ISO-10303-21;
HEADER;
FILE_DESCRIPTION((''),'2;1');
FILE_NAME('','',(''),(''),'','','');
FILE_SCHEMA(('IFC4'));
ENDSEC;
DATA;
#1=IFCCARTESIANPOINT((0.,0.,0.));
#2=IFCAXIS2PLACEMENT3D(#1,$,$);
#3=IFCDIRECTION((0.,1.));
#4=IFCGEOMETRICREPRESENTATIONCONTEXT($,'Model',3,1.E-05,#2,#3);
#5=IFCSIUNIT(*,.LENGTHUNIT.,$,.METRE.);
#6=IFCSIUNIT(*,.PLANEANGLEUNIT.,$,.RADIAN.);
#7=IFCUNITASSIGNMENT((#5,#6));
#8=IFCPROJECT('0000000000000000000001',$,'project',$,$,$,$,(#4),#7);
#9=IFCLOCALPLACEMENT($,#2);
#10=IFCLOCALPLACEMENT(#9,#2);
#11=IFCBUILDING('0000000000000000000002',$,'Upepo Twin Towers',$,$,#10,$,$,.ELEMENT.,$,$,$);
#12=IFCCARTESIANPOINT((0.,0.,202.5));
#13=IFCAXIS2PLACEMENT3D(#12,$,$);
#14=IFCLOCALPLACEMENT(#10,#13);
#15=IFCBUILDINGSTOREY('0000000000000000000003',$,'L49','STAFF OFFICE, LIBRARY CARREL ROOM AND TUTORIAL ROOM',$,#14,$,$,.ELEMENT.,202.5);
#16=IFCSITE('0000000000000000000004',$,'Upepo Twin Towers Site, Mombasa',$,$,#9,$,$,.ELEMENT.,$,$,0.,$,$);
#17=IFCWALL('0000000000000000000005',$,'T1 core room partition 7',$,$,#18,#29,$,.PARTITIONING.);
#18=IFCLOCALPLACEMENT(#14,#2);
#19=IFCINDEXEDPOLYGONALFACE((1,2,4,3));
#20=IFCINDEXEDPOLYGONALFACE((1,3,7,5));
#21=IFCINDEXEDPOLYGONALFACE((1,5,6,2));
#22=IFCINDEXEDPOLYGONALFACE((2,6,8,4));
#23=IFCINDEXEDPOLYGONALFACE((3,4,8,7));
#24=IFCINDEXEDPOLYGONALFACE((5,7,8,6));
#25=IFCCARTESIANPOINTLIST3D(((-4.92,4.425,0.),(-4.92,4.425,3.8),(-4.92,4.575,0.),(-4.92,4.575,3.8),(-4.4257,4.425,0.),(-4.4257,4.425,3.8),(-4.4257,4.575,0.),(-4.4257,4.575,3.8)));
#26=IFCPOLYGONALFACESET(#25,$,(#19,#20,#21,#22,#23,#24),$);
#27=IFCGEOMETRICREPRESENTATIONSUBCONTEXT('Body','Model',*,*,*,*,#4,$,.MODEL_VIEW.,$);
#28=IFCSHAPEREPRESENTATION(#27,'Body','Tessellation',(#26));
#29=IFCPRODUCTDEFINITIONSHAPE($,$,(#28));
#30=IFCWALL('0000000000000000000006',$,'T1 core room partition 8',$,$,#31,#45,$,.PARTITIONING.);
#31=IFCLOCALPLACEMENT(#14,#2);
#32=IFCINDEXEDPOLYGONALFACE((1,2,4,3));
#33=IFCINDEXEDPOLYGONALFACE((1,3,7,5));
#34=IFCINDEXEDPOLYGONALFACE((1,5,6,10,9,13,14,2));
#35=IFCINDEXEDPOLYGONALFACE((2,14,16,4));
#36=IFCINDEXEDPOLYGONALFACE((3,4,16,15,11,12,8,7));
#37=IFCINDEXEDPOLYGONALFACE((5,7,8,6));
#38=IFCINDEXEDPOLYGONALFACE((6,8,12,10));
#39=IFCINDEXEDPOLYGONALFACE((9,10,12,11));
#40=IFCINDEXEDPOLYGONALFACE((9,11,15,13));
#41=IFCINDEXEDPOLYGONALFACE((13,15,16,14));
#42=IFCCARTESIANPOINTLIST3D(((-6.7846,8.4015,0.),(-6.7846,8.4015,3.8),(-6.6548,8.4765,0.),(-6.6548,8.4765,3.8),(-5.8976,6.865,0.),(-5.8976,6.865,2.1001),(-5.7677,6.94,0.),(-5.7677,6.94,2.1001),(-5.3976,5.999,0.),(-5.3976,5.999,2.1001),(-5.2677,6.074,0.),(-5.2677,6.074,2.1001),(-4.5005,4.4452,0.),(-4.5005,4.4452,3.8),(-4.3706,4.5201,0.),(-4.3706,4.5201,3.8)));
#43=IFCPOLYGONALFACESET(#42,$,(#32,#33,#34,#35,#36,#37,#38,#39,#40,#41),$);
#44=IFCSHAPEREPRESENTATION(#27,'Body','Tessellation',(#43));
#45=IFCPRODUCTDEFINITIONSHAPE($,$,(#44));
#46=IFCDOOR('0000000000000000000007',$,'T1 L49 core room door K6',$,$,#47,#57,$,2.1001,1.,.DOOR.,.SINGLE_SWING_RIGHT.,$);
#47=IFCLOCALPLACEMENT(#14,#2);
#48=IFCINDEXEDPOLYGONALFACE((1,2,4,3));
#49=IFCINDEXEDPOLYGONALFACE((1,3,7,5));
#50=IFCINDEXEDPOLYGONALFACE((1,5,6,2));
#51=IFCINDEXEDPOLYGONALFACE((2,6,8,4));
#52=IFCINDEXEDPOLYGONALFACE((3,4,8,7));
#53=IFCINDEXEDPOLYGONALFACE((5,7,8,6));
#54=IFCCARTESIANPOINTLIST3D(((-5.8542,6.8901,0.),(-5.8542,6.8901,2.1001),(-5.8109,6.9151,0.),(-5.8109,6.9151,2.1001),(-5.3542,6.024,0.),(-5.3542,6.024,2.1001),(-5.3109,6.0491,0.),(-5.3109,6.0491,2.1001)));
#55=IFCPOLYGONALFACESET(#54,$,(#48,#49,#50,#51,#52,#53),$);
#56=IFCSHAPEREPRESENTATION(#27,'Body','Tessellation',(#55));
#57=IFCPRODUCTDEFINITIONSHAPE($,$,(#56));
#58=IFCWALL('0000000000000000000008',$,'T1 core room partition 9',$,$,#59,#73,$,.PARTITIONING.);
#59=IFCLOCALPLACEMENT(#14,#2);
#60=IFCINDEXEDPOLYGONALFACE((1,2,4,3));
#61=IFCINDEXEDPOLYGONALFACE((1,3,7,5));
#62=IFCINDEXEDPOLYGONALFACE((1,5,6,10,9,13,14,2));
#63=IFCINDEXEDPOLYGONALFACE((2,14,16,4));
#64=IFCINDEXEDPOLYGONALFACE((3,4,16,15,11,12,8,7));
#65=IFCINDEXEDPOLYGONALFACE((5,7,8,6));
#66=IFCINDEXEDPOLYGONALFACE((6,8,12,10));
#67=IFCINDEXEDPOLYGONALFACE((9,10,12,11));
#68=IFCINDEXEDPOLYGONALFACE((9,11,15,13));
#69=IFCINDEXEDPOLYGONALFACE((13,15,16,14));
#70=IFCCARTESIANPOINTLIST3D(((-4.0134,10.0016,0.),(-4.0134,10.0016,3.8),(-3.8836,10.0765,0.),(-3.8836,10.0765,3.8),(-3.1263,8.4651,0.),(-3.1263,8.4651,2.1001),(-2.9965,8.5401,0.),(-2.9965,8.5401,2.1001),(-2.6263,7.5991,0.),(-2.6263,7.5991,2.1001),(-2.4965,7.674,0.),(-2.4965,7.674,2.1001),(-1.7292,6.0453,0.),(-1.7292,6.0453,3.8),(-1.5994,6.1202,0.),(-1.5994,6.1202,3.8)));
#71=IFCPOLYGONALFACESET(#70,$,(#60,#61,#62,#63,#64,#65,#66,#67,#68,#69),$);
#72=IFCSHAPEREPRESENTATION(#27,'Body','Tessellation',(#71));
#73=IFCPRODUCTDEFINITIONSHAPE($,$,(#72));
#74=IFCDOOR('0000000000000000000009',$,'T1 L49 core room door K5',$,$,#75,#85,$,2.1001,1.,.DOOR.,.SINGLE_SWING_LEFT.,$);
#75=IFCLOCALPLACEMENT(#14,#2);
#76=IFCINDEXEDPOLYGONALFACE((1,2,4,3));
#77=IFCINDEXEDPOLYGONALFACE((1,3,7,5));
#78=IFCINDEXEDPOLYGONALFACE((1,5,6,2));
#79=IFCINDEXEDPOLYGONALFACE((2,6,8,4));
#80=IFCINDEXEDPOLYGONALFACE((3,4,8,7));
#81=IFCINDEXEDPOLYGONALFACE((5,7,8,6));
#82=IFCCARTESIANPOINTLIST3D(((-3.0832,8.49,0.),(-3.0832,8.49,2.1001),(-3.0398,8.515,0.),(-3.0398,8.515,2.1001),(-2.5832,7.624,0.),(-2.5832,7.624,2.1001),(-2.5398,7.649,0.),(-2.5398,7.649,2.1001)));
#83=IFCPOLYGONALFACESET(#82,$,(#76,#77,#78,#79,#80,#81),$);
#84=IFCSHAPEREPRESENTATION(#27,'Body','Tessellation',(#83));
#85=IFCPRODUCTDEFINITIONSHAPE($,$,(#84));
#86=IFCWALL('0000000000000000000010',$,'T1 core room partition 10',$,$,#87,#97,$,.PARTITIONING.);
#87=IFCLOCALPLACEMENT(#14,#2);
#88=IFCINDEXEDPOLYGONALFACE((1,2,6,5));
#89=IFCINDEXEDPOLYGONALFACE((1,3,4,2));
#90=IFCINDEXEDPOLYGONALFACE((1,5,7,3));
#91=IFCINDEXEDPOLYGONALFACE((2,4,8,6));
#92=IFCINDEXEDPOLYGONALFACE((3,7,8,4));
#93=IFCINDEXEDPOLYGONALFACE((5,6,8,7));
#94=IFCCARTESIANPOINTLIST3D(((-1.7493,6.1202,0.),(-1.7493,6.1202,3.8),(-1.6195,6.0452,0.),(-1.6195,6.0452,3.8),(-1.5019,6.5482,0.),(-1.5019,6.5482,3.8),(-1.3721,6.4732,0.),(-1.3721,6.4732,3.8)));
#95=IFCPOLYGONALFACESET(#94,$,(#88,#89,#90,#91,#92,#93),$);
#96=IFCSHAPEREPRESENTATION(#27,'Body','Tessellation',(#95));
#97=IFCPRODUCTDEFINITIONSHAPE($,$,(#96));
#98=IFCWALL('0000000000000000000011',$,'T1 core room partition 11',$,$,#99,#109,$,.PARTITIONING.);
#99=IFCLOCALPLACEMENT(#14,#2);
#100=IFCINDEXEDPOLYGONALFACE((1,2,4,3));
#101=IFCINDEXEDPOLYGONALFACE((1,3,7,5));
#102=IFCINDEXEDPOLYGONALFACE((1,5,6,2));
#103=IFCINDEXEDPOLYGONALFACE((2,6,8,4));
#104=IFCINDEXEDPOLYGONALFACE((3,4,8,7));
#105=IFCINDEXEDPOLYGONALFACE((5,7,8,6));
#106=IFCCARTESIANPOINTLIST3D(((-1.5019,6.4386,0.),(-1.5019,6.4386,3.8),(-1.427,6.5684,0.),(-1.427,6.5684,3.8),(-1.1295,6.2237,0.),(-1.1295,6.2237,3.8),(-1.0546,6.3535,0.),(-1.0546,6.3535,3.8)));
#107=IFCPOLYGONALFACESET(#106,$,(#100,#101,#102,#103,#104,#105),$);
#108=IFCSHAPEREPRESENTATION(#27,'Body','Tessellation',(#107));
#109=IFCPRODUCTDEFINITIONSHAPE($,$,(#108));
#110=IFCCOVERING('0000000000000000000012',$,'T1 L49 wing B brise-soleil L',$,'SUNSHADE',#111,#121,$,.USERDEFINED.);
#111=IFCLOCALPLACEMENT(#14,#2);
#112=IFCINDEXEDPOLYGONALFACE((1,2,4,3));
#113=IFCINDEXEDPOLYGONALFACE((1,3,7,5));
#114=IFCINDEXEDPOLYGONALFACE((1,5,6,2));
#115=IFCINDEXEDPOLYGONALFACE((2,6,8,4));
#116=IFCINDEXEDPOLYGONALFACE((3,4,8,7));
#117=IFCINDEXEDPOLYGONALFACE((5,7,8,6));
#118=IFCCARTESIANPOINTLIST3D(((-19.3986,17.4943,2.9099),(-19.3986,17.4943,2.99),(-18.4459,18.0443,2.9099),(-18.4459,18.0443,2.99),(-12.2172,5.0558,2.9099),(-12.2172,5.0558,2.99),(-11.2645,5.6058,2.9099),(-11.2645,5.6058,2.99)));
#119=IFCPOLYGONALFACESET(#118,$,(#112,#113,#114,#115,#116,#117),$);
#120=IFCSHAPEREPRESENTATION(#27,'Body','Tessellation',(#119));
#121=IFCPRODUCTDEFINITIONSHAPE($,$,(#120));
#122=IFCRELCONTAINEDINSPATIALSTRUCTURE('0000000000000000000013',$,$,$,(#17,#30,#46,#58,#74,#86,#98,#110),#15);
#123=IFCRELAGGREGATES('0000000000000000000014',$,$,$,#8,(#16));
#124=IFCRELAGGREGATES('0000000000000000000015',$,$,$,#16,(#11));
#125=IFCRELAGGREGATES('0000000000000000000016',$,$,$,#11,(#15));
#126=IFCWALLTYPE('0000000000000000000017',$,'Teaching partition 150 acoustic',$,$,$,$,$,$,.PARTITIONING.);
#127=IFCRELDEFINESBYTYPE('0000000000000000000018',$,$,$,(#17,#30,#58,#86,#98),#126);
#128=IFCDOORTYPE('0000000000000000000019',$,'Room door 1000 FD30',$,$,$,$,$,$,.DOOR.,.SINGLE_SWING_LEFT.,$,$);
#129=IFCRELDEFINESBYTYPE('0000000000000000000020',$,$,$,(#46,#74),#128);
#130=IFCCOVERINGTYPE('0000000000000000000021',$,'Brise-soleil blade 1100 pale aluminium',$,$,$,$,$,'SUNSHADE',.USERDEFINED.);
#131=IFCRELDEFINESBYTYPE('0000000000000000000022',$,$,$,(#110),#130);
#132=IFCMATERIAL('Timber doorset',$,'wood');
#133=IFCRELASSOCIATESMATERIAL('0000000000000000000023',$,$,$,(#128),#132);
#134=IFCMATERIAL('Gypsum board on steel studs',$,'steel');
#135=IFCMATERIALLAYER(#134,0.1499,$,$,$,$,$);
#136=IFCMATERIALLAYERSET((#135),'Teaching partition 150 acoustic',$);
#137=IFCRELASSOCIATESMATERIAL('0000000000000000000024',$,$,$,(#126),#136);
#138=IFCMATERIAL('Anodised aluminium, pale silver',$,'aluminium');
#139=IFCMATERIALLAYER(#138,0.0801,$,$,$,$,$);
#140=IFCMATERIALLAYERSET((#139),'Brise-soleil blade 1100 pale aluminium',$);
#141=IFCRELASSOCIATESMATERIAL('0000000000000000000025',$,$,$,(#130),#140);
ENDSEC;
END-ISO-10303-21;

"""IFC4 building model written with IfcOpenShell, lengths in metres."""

from ifc_helpers import new_model, si_unit, direction, frame, frame_2d, origin, origin_2d, place, context, subcontext, project, spatial, rectangle, extrude, material, layer, layer_set, type_object, element, fill, save


model = new_model("IFC4")

# Units and contexts
model_context = context("Model", 3, precision=1e-05, world=origin(), true_north=direction((0.0, 1.0)))
body_context = subcontext(model_context, "Body", "Model", "MODEL_VIEW")
ifc_project = project(units=[si_unit("LENGTHUNIT", "METRE"), si_unit("PLANEANGLEUNIT", "RADIAN")], contexts=[model_context])

# Site, building, storey
site_placement = place(None, origin())
site = spatial("IfcSite", under=ifc_project, at=site_placement, Name="Upepo Twin Towers Site, Mombasa", CompositionType="ELEMENT", RefElevation=0.0)
building_placement = place(site_placement, origin())
building = spatial("IfcBuilding", under=site, at=building_placement, Name="Upepo Twin Towers", CompositionType="ELEMENT")
storey_placement = place(building_placement, frame((0.0, 0.0, 202.5)))
storey = spatial("IfcBuildingStorey", under=building, at=storey_placement, Name="L49", Description="STAFF OFFICE, LIBRARY CARREL ROOM AND TUTORIAL ROOM", CompositionType="ELEMENT", Elevation=202.5)

# Shared definitions
ifc_material_1 = material(Name="Timber doorset", Category="wood")
door_type_1 = type_object("IfcDoorType", Name="Room door 1000 FD30", OperationType="SINGLE_SWING_LEFT", PredefinedType="DOOR", material=ifc_material_1)

# Wall
ifc_material_2 = material(Name="Gypsum board on steel studs", Category="steel")
ifc_layer_1 = layer(ifc_material_2, 0.1499)
ifc_layer_set_1 = layer_set([ifc_layer_1], Name="Teaching partition 150 acoustic")
wall_type_1 = type_object("IfcWallType", Name="Teaching partition 150 acoustic", PredefinedType="PARTITIONING", material=ifc_layer_set_1)
wall_1_placement = place(storey_placement, frame((-4.9199, 4.5, 0.0), z_axis=(0.0, 0.0, 1.0), x_axis=(1.0, 0.0, 0.0)))
element("IfcWall", 1, at=wall_1_placement, inside=storey, type_object=wall_type_1, Name="T1 core room partition 7", PredefinedType="PARTITIONING", context=body_context, shape_type="SweptSolid", body=[
    extrude(rectangle(XDim=0.4944, YDim=0.1499, at=frame_2d((0.2471, 0.0))), origin(), (0.0, 0.0, 1.0), 3.8),
])

# Walls, openings, doors
wall_2_placement = place(storey_placement, frame((-4.4355, 4.4827, 0.0), z_axis=(0.0, 0.0, 1.0), x_axis=(-0.500002, 0.866025, 0.0)))
wall_2 = element("IfcWall", 2, at=wall_2_placement, inside=storey, type_object=wall_type_1, Name="T1 core room partition 8", PredefinedType="PARTITIONING", context=body_context, shape_type="SweptSolid", body=[
    extrude(rectangle(XDim=4.5684, YDim=0.1499, at=frame_2d((2.2842, 0.0))), origin(), (0.0, 0.0, 1.0), 3.8),
])
opening_1_placement = place(wall_2_placement, frame((1.7942, 0.0, 0.0)))
opening_1 = element("IfcOpeningElement", 3, at=opening_1_placement, cuts=wall_2, PredefinedType="OPENING", context=body_context, shape_type="SweptSolid", body=[
    extrude(rectangle(XDim=1.0, YDim=2.1001, at=frame_2d((0.5, 1.05))), frame((0.0, 0.085, 0.0), z_axis=(0.0, -1.0, 0.0), x_axis=(1.0, 0.0, 0.0)), (0.0, 0.0, 1.0), 0.1699),
])
door_1_placement = place(opening_1_placement, origin())
door_1 = element("IfcDoor", 4, at=door_1_placement, inside=storey, type_object=door_type_1, Name="T1 L49 core room door K6", OperationType="SINGLE_SWING_RIGHT", OverallHeight=2.1001, OverallWidth=1.0, PredefinedType="DOOR", context=body_context, shape_type="SweptSolid", body=[
    extrude(rectangle(XDim=1.0, YDim=2.1001, at=frame_2d((0.5, 1.05))), frame((0.0, 0.0249, 0.0), z_axis=(0.0, -1.0, 0.0), x_axis=(1.0, 0.0, 0.0)), (0.0, 0.0, 1.0), 0.05),
])
fill(opening_1, door_1)
wall_3_placement = place(storey_placement, frame((-3.9485, 10.0391, 0.0), z_axis=(0.0, 0.0, 1.0), x_axis=(0.500002, -0.866025, 0.0)))
wall_3 = element("IfcWall", 5, at=wall_3_placement, inside=storey, type_object=wall_type_1, Name="T1 core room partition 9", PredefinedType="PARTITIONING", context=body_context, shape_type="SweptSolid", body=[
    extrude(rectangle(XDim=4.5684, YDim=0.1499, at=frame_2d((2.2842, 0.0))), origin(), (0.0, 0.0, 1.0), 3.8),
])
opening_2_placement = place(wall_3_placement, frame((1.7742, 0.0, 0.0)))
opening_2 = element("IfcOpeningElement", 6, at=opening_2_placement, cuts=wall_3, PredefinedType="OPENING", context=body_context, shape_type="SweptSolid", body=[
    extrude(rectangle(XDim=1.0, YDim=2.1001, at=frame_2d((0.5, 1.05))), frame((0.0, 0.085, 0.0), z_axis=(0.0, -1.0, 0.0), x_axis=(1.0, 0.0, 0.0)), (0.0, 0.0, 1.0), 0.1699),
])
door_2_placement = place(opening_2_placement, origin())
door_2 = element("IfcDoor", 7, at=door_2_placement, inside=storey, type_object=door_type_1, Name="T1 L49 core room door K5", OperationType="SINGLE_SWING_LEFT", OverallHeight=2.1001, OverallWidth=1.0, PredefinedType="DOOR", context=body_context, shape_type="SweptSolid", body=[
    extrude(rectangle(XDim=1.0, YDim=2.1001, at=frame_2d((0.5, 1.05))), frame((0.0, 0.0249, 0.0), z_axis=(0.0, -1.0, 0.0), x_axis=(1.0, 0.0, 0.0)), (0.0, 0.0, 1.0), 0.05),
])
fill(opening_2, door_2)

# Walls
wall_4_placement = place(storey_placement, frame((-1.6843, 6.0828, 0.0), z_axis=(0.0, 0.0, 1.0), x_axis=(0.500335, 0.865832, 0.0)))
element("IfcWall", 8, at=wall_4_placement, inside=storey, type_object=wall_type_1, Name="T1 core room partition 10", PredefinedType="PARTITIONING", context=body_context, shape_type="SweptSolid", body=[
    extrude(rectangle(XDim=0.4944, YDim=0.1499, at=frame_2d((0.2471, 0.0))), origin(), (0.0, 0.0, 1.0), 3.8),
])
wall_5_placement = place(storey_placement, frame((-1.4644, 6.5034, 0.0), z_axis=(0.0, 0.0, 1.0), x_axis=(0.866138, -0.499804, 0.0)))
element("IfcWall", 9, at=wall_5_placement, inside=storey, type_object=wall_type_1, Name="T1 core room partition 11", PredefinedType="PARTITIONING", context=body_context, shape_type="SweptSolid", body=[
    extrude(rectangle(XDim=0.4299, YDim=0.1499, at=frame_2d((0.2148, 0.0))), origin(), (0.0, 0.0, 1.0), 3.8),
])

# Covering
ifc_material_3 = material(Name="Anodised aluminium, pale silver", Category="aluminium")
ifc_layer_2 = layer(ifc_material_3, 0.0801)
ifc_layer_set_2 = layer_set([ifc_layer_2], Name="Brise-soleil blade 1100 pale aluminium")
covering_type = type_object("IfcCoveringType", Name="Brise-soleil blade 1100 pale aluminium", ElementType="SUNSHADE", PredefinedType="USERDEFINED", material=ifc_layer_set_2)
covering_placement = place(storey_placement, frame((-15.3315, 11.55, 2.9099), z_axis=(0.0, 0.0, 1.0), x_axis=(-0.5, 0.866025, 0.0)))
element("IfcCovering", 10, at=covering_placement, inside=storey, type_object=covering_type, Name="T1 L49 wing B brise-soleil L", ObjectType="SUNSHADE", PredefinedType="USERDEFINED", context=body_context, shape_type="SweptSolid", body=[
    extrude(rectangle(XDim=14.3628, YDim=1.1001, at=origin_2d()), origin(), (0.0, 0.0, 1.0), 0.0801),
])

save(model, "model.ifc")
